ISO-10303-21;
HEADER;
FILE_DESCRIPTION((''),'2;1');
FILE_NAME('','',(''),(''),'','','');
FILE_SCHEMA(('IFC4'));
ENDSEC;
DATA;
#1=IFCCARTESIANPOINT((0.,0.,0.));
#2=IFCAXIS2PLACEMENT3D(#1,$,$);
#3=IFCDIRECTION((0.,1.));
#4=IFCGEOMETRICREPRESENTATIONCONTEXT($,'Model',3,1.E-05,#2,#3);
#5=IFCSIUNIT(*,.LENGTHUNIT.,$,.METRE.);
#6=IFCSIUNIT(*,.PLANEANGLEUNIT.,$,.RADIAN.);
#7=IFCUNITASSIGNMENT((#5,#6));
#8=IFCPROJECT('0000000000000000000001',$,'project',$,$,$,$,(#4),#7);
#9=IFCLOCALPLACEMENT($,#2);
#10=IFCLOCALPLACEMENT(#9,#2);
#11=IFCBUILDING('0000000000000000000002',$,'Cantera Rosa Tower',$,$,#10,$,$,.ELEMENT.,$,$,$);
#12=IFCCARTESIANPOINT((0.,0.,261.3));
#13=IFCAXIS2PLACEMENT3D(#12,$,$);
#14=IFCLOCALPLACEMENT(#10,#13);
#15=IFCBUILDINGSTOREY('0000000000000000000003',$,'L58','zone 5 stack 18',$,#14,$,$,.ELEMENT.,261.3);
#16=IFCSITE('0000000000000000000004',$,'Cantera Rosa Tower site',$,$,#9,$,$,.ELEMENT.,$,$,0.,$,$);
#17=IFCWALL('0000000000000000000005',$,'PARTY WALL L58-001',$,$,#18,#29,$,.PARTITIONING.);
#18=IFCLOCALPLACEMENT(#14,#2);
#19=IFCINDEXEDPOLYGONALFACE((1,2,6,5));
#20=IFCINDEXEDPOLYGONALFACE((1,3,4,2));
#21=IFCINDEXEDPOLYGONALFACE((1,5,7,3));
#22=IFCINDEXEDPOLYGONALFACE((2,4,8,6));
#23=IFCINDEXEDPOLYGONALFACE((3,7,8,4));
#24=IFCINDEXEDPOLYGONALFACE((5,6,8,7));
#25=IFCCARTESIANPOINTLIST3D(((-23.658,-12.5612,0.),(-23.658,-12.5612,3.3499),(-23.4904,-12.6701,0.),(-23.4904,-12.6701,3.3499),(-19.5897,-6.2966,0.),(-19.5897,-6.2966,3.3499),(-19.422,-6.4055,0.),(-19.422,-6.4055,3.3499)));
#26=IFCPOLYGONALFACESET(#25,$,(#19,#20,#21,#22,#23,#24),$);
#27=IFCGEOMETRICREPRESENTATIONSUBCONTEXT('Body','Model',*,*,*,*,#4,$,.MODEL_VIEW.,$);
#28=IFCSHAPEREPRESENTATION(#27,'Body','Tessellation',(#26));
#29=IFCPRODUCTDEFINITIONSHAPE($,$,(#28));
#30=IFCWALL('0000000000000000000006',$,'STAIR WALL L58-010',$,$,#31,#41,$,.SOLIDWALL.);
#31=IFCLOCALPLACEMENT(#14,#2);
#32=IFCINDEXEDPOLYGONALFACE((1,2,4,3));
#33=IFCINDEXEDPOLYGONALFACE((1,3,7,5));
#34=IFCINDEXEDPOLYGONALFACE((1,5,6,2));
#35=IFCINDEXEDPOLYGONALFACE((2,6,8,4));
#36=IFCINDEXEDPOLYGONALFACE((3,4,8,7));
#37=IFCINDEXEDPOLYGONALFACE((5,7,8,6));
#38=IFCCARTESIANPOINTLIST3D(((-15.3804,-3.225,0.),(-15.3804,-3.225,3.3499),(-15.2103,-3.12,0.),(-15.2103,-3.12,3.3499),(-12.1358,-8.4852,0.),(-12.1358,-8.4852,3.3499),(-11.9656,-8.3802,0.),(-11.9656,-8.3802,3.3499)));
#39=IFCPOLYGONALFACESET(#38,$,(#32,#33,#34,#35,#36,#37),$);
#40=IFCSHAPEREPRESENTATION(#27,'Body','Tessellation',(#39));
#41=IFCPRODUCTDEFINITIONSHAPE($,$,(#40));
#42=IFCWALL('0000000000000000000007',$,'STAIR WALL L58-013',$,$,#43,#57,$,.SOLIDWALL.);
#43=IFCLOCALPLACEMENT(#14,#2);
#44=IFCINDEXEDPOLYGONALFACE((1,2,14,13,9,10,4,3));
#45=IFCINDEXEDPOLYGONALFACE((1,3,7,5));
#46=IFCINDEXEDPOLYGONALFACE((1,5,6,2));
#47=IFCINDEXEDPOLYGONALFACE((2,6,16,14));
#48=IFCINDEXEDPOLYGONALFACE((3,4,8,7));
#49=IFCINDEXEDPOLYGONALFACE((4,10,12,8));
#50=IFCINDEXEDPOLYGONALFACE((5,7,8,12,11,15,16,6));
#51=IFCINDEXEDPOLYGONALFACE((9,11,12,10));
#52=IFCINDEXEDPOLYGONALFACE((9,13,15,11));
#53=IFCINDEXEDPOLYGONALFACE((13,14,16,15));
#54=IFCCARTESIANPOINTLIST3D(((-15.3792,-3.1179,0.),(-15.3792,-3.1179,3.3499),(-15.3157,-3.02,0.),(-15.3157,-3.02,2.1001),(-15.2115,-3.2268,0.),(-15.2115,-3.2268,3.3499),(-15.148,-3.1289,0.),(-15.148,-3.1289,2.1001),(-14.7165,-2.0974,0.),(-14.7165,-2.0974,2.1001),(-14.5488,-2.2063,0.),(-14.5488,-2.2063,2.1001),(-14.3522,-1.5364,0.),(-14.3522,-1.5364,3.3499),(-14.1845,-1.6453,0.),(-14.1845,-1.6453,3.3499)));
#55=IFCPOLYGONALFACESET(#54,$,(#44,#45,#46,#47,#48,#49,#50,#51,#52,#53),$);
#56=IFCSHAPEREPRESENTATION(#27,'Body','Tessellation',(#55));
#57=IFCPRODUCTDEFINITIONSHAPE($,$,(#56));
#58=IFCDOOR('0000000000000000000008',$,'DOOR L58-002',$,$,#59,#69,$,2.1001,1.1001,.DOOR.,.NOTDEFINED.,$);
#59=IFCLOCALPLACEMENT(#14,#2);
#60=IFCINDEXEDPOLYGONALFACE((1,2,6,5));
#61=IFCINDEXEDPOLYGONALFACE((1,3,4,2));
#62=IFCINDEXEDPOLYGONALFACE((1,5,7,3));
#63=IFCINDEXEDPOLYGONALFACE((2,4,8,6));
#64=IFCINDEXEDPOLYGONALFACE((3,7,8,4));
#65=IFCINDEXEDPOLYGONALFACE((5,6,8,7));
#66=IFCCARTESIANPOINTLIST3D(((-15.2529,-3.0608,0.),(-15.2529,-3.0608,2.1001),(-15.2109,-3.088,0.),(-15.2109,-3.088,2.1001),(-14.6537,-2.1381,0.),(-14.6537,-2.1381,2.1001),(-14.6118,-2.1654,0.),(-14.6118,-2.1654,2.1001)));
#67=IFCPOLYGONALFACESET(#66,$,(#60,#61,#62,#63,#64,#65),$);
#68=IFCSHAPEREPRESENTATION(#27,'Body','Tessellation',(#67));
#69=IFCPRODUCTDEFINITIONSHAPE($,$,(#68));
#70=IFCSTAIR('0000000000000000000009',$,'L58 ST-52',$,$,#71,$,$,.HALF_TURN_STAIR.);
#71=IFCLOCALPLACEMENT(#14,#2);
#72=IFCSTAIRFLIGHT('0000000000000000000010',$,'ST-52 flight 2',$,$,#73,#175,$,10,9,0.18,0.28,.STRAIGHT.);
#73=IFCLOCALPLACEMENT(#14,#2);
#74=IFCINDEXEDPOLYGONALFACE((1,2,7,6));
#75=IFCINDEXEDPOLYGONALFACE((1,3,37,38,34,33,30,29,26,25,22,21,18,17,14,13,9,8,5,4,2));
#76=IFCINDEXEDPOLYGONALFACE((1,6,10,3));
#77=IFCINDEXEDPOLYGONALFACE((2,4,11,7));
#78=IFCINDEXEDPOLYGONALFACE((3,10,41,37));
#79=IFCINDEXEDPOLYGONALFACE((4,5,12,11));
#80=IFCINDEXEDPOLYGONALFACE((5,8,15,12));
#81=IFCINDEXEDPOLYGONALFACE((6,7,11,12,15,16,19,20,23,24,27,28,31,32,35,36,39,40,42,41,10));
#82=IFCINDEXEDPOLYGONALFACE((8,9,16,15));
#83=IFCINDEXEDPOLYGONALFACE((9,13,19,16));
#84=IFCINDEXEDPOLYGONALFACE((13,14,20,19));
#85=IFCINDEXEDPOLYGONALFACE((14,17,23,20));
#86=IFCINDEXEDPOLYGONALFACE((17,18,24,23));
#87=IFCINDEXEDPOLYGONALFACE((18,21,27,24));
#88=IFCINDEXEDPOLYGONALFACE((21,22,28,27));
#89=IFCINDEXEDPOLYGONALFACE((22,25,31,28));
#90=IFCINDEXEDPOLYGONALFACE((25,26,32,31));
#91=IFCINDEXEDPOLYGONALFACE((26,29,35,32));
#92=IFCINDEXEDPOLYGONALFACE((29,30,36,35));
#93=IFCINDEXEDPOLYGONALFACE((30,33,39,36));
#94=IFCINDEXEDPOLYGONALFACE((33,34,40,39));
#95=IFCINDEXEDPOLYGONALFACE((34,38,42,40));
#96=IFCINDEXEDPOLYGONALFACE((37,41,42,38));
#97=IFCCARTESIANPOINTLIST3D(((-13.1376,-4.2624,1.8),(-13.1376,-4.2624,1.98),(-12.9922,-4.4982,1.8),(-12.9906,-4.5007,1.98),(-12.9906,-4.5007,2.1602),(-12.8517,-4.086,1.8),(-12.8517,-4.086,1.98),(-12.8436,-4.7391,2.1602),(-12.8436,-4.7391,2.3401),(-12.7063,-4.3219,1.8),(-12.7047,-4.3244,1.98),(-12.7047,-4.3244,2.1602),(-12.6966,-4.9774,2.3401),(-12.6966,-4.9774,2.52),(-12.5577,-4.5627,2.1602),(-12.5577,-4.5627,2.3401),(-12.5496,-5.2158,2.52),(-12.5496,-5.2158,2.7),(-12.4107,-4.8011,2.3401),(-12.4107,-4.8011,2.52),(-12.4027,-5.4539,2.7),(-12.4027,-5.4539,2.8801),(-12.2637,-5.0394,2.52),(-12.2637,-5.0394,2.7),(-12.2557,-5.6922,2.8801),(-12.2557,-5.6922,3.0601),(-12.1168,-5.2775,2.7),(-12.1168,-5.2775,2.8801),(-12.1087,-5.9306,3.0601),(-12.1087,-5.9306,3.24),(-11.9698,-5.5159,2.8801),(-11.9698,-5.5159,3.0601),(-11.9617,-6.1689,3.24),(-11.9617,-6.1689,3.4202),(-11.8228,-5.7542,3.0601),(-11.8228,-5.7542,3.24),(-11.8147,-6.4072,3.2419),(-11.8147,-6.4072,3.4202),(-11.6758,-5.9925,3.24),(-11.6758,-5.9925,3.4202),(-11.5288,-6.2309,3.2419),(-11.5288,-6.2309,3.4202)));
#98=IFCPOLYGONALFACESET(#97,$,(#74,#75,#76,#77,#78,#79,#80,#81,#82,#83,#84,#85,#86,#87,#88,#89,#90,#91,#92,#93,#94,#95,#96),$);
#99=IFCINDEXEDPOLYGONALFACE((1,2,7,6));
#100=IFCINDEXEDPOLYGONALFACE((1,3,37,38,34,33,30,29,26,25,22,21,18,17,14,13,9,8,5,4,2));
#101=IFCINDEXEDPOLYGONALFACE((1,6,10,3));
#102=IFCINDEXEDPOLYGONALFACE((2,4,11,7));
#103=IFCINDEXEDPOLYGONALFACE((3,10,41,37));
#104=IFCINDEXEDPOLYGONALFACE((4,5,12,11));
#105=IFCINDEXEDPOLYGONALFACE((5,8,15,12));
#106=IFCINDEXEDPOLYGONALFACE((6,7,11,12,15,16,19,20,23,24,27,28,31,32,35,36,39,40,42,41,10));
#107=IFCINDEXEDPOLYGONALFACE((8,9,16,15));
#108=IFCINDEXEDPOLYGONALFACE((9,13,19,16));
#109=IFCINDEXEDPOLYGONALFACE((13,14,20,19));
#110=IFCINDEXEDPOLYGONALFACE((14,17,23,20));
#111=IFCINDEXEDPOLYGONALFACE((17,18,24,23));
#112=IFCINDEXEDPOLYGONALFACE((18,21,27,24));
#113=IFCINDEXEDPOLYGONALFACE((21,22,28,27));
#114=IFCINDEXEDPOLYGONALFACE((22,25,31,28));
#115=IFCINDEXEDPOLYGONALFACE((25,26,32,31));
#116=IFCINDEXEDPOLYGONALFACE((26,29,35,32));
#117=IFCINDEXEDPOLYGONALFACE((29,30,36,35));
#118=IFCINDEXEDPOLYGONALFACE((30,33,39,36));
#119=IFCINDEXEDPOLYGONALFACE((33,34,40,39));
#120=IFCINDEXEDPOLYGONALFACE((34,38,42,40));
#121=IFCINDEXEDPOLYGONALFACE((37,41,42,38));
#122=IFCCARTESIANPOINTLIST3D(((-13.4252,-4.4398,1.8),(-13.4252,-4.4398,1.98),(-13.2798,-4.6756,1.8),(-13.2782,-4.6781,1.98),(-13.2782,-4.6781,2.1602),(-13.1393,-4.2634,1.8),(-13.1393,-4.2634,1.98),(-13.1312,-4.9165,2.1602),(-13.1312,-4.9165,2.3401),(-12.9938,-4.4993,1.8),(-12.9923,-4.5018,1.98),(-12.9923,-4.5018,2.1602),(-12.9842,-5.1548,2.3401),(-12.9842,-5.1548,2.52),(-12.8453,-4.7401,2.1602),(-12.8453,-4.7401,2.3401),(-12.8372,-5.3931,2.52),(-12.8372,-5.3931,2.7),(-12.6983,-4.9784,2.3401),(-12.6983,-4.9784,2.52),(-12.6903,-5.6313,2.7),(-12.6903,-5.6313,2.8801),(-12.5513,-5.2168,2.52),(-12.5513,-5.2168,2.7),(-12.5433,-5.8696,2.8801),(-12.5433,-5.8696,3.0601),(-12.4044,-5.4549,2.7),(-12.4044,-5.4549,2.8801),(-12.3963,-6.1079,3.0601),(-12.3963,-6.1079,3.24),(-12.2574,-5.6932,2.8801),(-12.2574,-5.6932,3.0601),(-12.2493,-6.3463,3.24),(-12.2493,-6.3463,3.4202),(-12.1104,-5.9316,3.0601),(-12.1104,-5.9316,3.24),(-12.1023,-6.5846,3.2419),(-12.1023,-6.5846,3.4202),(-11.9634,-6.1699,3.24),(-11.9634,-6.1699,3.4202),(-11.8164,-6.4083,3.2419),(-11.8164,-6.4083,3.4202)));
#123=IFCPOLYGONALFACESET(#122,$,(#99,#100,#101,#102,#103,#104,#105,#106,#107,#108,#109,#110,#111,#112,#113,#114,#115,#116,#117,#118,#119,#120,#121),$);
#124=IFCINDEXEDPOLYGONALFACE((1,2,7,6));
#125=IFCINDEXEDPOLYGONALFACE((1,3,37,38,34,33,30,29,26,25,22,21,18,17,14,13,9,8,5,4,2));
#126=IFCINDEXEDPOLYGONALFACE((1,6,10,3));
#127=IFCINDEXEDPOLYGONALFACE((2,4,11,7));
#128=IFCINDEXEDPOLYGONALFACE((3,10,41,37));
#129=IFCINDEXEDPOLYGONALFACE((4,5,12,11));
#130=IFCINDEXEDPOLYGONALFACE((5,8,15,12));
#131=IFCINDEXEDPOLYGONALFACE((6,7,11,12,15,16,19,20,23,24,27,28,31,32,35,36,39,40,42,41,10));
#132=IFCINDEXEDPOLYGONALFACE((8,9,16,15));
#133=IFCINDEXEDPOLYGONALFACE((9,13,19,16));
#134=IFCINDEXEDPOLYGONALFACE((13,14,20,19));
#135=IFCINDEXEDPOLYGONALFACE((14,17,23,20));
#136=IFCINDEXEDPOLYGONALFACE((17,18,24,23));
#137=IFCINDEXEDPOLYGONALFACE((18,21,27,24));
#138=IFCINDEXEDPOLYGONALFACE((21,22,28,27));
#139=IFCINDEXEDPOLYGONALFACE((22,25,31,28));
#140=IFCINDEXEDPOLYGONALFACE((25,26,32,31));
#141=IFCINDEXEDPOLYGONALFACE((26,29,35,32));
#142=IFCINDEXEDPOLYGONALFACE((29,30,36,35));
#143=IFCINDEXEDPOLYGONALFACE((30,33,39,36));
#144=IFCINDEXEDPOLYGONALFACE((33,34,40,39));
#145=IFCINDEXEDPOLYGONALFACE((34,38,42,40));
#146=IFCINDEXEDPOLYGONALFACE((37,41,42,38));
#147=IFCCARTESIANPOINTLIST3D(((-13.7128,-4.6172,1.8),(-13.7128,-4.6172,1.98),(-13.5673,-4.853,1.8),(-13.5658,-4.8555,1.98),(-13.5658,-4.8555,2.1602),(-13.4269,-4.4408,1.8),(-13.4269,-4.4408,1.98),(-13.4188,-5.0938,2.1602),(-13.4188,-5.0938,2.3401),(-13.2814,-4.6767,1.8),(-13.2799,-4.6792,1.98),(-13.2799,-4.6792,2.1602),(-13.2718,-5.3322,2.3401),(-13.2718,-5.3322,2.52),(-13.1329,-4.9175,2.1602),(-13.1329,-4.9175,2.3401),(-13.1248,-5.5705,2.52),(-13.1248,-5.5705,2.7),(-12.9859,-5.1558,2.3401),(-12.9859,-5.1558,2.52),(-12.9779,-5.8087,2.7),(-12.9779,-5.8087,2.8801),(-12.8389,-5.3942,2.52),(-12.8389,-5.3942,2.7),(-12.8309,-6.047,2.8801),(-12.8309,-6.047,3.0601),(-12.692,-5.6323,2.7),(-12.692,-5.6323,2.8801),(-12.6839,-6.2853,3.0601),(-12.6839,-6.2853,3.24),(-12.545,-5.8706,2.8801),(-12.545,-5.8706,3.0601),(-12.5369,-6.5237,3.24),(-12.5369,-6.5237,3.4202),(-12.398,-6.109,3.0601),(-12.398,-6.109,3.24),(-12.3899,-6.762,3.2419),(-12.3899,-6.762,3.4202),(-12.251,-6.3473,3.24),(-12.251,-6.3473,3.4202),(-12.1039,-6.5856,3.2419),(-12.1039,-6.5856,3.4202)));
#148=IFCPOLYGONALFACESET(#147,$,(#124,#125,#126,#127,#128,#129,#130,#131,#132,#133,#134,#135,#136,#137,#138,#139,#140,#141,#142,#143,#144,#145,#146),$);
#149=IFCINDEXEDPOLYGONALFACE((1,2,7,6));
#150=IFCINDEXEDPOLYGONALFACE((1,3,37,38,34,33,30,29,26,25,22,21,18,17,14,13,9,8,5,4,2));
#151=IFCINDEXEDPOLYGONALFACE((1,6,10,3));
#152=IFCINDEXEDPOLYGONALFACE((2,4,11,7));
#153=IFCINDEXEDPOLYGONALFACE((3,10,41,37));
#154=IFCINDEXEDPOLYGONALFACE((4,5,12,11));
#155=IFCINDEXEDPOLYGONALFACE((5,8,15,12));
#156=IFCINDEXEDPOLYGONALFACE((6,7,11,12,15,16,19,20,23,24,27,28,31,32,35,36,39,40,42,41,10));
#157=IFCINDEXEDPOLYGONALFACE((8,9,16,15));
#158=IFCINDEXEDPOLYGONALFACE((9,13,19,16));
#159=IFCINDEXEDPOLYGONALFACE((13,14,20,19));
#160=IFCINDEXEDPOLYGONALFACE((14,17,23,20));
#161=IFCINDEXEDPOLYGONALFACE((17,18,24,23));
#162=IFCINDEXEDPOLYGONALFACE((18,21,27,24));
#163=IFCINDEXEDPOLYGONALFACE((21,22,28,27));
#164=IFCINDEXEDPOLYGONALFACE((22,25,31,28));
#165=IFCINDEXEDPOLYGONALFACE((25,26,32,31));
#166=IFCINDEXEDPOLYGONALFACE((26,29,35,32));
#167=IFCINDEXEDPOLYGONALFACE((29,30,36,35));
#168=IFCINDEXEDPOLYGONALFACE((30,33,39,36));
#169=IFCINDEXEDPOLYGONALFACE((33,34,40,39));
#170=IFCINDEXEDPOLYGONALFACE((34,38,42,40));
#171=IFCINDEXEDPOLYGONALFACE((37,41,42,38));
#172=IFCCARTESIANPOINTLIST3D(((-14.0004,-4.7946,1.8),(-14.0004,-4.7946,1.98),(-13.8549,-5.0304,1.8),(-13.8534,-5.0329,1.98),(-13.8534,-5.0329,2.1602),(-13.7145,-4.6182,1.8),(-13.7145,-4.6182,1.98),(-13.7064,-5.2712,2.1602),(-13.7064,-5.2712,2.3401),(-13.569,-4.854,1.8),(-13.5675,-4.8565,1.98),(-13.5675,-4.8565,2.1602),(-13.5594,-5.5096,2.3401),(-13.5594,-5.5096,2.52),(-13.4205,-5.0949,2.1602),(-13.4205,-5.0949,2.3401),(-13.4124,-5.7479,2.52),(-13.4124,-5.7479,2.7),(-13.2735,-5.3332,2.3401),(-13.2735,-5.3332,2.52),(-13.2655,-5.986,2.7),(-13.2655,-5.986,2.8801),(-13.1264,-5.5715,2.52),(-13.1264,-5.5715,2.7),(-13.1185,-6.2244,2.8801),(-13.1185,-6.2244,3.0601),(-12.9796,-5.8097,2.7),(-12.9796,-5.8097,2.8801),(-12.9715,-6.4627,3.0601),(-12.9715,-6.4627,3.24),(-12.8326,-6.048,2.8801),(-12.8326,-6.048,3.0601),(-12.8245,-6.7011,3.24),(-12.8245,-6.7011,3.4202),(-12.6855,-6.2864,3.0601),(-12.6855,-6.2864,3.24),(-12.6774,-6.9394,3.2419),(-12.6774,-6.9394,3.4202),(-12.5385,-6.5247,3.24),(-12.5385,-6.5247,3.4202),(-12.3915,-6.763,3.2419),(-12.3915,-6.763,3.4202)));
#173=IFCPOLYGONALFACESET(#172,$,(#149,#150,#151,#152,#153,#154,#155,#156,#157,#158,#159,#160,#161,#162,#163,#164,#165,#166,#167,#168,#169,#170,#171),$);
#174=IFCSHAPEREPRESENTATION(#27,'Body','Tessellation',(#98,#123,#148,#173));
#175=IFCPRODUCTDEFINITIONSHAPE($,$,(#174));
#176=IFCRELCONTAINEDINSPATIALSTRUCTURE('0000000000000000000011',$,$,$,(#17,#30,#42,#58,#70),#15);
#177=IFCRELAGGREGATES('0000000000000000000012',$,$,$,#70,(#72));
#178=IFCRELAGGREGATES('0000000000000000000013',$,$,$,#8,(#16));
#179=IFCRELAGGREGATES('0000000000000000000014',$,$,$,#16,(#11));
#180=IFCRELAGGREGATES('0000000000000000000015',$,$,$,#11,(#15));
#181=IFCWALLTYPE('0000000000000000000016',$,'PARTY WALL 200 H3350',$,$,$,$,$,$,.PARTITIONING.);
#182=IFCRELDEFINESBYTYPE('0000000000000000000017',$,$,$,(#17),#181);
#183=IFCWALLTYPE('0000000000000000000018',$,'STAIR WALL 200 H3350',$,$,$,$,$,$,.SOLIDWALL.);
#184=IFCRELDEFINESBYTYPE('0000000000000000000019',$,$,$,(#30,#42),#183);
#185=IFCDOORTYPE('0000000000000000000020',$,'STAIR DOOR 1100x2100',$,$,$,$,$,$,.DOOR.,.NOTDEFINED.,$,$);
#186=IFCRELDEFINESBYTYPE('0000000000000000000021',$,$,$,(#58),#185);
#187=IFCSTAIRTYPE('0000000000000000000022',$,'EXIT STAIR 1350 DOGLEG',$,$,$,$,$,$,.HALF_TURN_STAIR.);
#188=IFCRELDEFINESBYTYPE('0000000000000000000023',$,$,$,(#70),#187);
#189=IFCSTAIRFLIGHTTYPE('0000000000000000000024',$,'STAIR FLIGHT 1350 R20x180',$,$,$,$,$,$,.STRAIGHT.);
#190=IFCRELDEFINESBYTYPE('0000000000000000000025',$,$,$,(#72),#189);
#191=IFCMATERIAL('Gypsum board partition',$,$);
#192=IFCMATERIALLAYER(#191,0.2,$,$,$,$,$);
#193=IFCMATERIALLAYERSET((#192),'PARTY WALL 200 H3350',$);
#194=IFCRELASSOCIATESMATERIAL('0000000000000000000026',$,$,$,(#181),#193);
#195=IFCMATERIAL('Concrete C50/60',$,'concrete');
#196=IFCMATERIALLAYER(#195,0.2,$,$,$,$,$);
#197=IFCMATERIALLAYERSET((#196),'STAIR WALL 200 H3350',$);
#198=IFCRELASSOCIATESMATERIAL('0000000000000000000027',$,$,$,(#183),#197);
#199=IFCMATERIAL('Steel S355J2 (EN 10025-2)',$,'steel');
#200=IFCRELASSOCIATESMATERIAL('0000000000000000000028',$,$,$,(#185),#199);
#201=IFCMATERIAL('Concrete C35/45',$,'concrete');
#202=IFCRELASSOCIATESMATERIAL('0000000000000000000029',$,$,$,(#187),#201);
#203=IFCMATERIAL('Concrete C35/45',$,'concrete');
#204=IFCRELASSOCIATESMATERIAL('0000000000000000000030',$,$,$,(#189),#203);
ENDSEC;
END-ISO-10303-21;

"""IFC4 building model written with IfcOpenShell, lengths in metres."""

from ifc_helpers import new_model, si_unit, direction, frame, frame_2d, origin, place, context, subcontext, project, spatial, polyline, rectangle, outline, extrude, material, layer, layer_set, type_object, element, fill, aggregate, save


model = new_model("IFC4")

# Units and contexts
model_context = context("Model", 3, precision=1e-05, world=origin(), true_north=direction((0.0, 1.0)))
body_context = subcontext(model_context, "Body", "Model", "MODEL_VIEW")
ifc_project = project(units=[si_unit("LENGTHUNIT", "METRE"), si_unit("PLANEANGLEUNIT", "RADIAN")], contexts=[model_context])

# Site, building, storey
site_placement = place(None, origin())
site = spatial("IfcSite", under=ifc_project, at=site_placement, Name="Cantera Rosa Tower site", CompositionType="ELEMENT", RefElevation=0.0)
building_placement = place(site_placement, origin())
building = spatial("IfcBuilding", under=site, at=building_placement, Name="Cantera Rosa Tower", CompositionType="ELEMENT")
storey_placement = place(building_placement, frame((0.0, 0.0, 261.3)))
storey = spatial("IfcBuildingStorey", under=building, at=storey_placement, Name="L58", Description="zone 5 stack 18", CompositionType="ELEMENT", Elevation=261.3)

# Walls
ifc_material_1 = material(Name="Gypsum board partition")
ifc_layer_1 = layer(ifc_material_1, 0.2)
ifc_layer_set_1 = layer_set([ifc_layer_1], Name="PARTY WALL 200 H3350")
wall_type_1 = type_object("IfcWallType", Name="PARTY WALL 200 H3350", PredefinedType="PARTITIONING", material=ifc_layer_set_1)
wall_1_placement = place(storey_placement, frame((-19.5059, -6.3511, 0.0), z_axis=(0.0, 0.0, 1.0), x_axis=(-0.544644, -0.838668, 0.0)))
element("IfcWall", 1, at=wall_1_placement, inside=storey, type_object=wall_type_1, Name="PARTY WALL L58-001", PredefinedType="PARTITIONING", context=body_context, shape_type="SweptSolid", body=[
    extrude(rectangle(XDim=7.4697, YDim=0.2, at=frame_2d((3.7349, 0.0))), origin(), (0.0, 0.0, 1.0), 3.3499),
])
ifc_material_2 = material(Name="Concrete C50/60", Category="concrete")
ifc_layer_2 = layer(ifc_material_2, 0.2)
ifc_layer_set_2 = layer_set([ifc_layer_2], Name="STAIR WALL 200 H3350")
wall_type_2 = type_object("IfcWallType", Name="STAIR WALL 200 H3350", PredefinedType="SOLIDWALL", material=ifc_layer_set_2)
wall_2_placement = place(storey_placement, frame((-15.2954, -3.1724, 0.0), z_axis=(0.0, 0.0, 1.0), x_axis=(0.524983, -0.851113, 0.0)))
element("IfcWall", 2, at=wall_2_placement, inside=storey, type_object=wall_type_2, Name="STAIR WALL L58-010", PredefinedType="SOLIDWALL", context=body_context, shape_type="SweptSolid", body=[
    extrude(rectangle(XDim=6.1804, YDim=0.2, at=frame_2d((3.0903, 0.0))), origin(), (0.0, 0.0, 1.0), 3.3499),
])

# Wall, opening, door
wall_3_placement = place(storey_placement, frame((-14.2683, -1.5908, 0.0), z_axis=(0.0, 0.0, 1.0), x_axis=(-0.544652, -0.838662, 0.0)))
wall_3 = element("IfcWall", 3, at=wall_3_placement, inside=storey, type_object=wall_type_2, Name="STAIR WALL L58-013", PredefinedType="SOLIDWALL", context=body_context, shape_type="SweptSolid", body=[
    extrude(rectangle(XDim=1.8857, YDim=0.2, at=frame_2d((0.9429, 0.0))), origin(), (0.0, 0.0, 1.0), 3.3499),
])
opening_1_placement = place(wall_3_placement, frame((0.6689, 0.0, 0.0)))
opening_1 = element("IfcOpeningElement", 4, at=opening_1_placement, cuts=wall_3, PredefinedType="OPENING", context=body_context, shape_type="SweptSolid", body=[
    extrude(rectangle(XDim=1.1001, YDim=2.1001, at=frame_2d((0.55, 1.05))), frame((0.0, 0.1099, 0.0), z_axis=(0.0, -1.0, 0.0), x_axis=(1.0, 0.0, 0.0)), (0.0, 0.0, 1.0), 0.22),
])
ifc_material_3 = material(Name="Steel S355J2 (EN 10025-2)", Category="steel")
door_type_1 = type_object("IfcDoorType", Name="STAIR DOOR 1100x2100", OperationType="NOTDEFINED", PredefinedType="DOOR", material=ifc_material_3)
door_1_placement = place(opening_1_placement, origin())
door_1 = element("IfcDoor", 5, at=door_1_placement, inside=storey, type_object=door_type_1, Name="DOOR L58-002", OperationType="NOTDEFINED", OverallHeight=2.1001, OverallWidth=1.1001, PredefinedType="DOOR", context=body_context, shape_type="SweptSolid", body=[
    extrude(rectangle(XDim=1.1001, YDim=2.1001, at=frame_2d((0.55, 1.05))), frame((0.0, 0.0249, 0.0), z_axis=(0.0, -1.0, 0.0), x_axis=(1.0, 0.0, 0.0)), (0.0, 0.0, 1.0), 0.05),
])
fill(opening_1, door_1)

# Stair, stair flight
ifc_material_4 = material(Name="Concrete C35/45", Category="concrete")
stair_type = type_object("IfcStairType", Name="EXIT STAIR 1350 DOGLEG", PredefinedType="HALF_TURN_STAIR", material=ifc_material_4)
stair_placement = place(storey_placement, origin())
stair = element("IfcStair", 6, at=stair_placement, inside=storey, type_object=stair_type, Name="L58 ST-52", PredefinedType="HALF_TURN_STAIR")
ifc_material_5 = material(Name="Concrete C35/45", Category="concrete")
stair_flight_type = type_object("IfcStairFlightType", Name="STAIR FLIGHT 1350 R20x180", PredefinedType="STRAIGHT", material=ifc_material_5)
stair_flight_placement = place(storey_placement, frame((-13.4263, -4.4404, 1.8), z_axis=(0.0, 0.0, 1.0), x_axis=(0.524977, -0.851117, 0.0)))
stair_flight = element("IfcStairFlight", 7, at=stair_flight_placement, type_object=stair_flight_type, Name="ST-52 flight 2", NumberOfRisers=10, NumberOfTreads=9, PredefinedType="STRAIGHT", RiserHeight=0.18, TreadLength=0.28, context=body_context, shape_type="SweptSolid", body=[
    extrude(outline(polyline([(0.0, 0.0), (0.0, 0.1799), (0.28, 0.1799), (0.28, 0.3601), (0.5601, 0.3601), (0.5601, 0.54), (0.8401, 0.54), (0.8401, 0.72), (1.1201, 0.72), (1.1201, 0.8999), (1.3999, 0.8999), (1.3999, 1.0801), (1.6799, 1.0801), (1.6799, 1.26), (1.96, 1.26), (1.96, 1.4399), (2.24, 1.4399), (2.24, 1.6201), (2.52, 1.6201), (2.52, 1.8), (2.52, 1.4419), (0.2771, 0.0), (0.0, 0.0)])), frame((0.0, 0.675, 0.0), z_axis=(0.0, -1.0, 0.0), x_axis=(1.0, 0.0, 0.0)), (0.0, 0.0, 1.0), 0.3359),
    extrude(outline(polyline([(0.0, 0.0), (0.0, 0.1799), (0.28, 0.1799), (0.28, 0.3601), (0.5601, 0.3601), (0.5601, 0.54), (0.8401, 0.54), (0.8401, 0.72), (1.1201, 0.72), (1.1201, 0.8999), (1.3999, 0.8999), (1.3999, 1.0801), (1.6799, 1.0801), (1.6799, 1.26), (1.96, 1.26), (1.96, 1.4399), (2.24, 1.4399), (2.24, 1.6201), (2.52, 1.6201), (2.52, 1.8), (2.52, 1.4419), (0.2771, 0.0), (0.0, 0.0)])), frame((0.0, 0.3372, 0.0), z_axis=(0.0, -1.0, 0.0), x_axis=(1.0, 0.0, 0.0)), (0.0, 0.0, 1.0), 0.3359),
    extrude(outline(polyline([(0.0, 0.0), (0.0, 0.1799), (0.28, 0.1799), (0.28, 0.3601), (0.5601, 0.3601), (0.5601, 0.54), (0.8401, 0.54), (0.8401, 0.72), (1.1201, 0.72), (1.1201, 0.8999), (1.3999, 0.8999), (1.3999, 1.0801), (1.6799, 1.0801), (1.6799, 1.26), (1.96, 1.26), (1.96, 1.4399), (2.24, 1.4399), (2.24, 1.6201), (2.52, 1.6201), (2.52, 1.8), (2.52, 1.4419), (0.2771, 0.0), (0.0, 0.0)])), frame((0.0, -0.0007, 0.0), z_axis=(0.0, -1.0, 0.0), x_axis=(1.0, 0.0, 0.0)), (0.0, 0.0, 1.0), 0.3359),
    extrude(outline(polyline([(0.0, 0.0), (0.0, 0.1799), (0.28, 0.1799), (0.28, 0.3601), (0.5601, 0.3601), (0.5601, 0.54), (0.8401, 0.54), (0.8401, 0.72), (1.1201, 0.72), (1.1201, 0.8999), (1.3999, 0.8999), (1.3999, 1.0801), (1.6799, 1.0801), (1.6799, 1.26), (1.96, 1.26), (1.96, 1.4399), (2.24, 1.4399), (2.24, 1.6201), (2.52, 1.6201), (2.52, 1.8), (2.52, 1.4419), (0.2771, 0.0), (0.0, 0.0)])), frame((0.0, -0.3386, 0.0), z_axis=(0.0, -1.0, 0.0), x_axis=(1.0, 0.0, 0.0)), (0.0, 0.0, 1.0), 0.3359),
])
aggregate(stair, [stair_flight])

save(model, "model.ifc")
